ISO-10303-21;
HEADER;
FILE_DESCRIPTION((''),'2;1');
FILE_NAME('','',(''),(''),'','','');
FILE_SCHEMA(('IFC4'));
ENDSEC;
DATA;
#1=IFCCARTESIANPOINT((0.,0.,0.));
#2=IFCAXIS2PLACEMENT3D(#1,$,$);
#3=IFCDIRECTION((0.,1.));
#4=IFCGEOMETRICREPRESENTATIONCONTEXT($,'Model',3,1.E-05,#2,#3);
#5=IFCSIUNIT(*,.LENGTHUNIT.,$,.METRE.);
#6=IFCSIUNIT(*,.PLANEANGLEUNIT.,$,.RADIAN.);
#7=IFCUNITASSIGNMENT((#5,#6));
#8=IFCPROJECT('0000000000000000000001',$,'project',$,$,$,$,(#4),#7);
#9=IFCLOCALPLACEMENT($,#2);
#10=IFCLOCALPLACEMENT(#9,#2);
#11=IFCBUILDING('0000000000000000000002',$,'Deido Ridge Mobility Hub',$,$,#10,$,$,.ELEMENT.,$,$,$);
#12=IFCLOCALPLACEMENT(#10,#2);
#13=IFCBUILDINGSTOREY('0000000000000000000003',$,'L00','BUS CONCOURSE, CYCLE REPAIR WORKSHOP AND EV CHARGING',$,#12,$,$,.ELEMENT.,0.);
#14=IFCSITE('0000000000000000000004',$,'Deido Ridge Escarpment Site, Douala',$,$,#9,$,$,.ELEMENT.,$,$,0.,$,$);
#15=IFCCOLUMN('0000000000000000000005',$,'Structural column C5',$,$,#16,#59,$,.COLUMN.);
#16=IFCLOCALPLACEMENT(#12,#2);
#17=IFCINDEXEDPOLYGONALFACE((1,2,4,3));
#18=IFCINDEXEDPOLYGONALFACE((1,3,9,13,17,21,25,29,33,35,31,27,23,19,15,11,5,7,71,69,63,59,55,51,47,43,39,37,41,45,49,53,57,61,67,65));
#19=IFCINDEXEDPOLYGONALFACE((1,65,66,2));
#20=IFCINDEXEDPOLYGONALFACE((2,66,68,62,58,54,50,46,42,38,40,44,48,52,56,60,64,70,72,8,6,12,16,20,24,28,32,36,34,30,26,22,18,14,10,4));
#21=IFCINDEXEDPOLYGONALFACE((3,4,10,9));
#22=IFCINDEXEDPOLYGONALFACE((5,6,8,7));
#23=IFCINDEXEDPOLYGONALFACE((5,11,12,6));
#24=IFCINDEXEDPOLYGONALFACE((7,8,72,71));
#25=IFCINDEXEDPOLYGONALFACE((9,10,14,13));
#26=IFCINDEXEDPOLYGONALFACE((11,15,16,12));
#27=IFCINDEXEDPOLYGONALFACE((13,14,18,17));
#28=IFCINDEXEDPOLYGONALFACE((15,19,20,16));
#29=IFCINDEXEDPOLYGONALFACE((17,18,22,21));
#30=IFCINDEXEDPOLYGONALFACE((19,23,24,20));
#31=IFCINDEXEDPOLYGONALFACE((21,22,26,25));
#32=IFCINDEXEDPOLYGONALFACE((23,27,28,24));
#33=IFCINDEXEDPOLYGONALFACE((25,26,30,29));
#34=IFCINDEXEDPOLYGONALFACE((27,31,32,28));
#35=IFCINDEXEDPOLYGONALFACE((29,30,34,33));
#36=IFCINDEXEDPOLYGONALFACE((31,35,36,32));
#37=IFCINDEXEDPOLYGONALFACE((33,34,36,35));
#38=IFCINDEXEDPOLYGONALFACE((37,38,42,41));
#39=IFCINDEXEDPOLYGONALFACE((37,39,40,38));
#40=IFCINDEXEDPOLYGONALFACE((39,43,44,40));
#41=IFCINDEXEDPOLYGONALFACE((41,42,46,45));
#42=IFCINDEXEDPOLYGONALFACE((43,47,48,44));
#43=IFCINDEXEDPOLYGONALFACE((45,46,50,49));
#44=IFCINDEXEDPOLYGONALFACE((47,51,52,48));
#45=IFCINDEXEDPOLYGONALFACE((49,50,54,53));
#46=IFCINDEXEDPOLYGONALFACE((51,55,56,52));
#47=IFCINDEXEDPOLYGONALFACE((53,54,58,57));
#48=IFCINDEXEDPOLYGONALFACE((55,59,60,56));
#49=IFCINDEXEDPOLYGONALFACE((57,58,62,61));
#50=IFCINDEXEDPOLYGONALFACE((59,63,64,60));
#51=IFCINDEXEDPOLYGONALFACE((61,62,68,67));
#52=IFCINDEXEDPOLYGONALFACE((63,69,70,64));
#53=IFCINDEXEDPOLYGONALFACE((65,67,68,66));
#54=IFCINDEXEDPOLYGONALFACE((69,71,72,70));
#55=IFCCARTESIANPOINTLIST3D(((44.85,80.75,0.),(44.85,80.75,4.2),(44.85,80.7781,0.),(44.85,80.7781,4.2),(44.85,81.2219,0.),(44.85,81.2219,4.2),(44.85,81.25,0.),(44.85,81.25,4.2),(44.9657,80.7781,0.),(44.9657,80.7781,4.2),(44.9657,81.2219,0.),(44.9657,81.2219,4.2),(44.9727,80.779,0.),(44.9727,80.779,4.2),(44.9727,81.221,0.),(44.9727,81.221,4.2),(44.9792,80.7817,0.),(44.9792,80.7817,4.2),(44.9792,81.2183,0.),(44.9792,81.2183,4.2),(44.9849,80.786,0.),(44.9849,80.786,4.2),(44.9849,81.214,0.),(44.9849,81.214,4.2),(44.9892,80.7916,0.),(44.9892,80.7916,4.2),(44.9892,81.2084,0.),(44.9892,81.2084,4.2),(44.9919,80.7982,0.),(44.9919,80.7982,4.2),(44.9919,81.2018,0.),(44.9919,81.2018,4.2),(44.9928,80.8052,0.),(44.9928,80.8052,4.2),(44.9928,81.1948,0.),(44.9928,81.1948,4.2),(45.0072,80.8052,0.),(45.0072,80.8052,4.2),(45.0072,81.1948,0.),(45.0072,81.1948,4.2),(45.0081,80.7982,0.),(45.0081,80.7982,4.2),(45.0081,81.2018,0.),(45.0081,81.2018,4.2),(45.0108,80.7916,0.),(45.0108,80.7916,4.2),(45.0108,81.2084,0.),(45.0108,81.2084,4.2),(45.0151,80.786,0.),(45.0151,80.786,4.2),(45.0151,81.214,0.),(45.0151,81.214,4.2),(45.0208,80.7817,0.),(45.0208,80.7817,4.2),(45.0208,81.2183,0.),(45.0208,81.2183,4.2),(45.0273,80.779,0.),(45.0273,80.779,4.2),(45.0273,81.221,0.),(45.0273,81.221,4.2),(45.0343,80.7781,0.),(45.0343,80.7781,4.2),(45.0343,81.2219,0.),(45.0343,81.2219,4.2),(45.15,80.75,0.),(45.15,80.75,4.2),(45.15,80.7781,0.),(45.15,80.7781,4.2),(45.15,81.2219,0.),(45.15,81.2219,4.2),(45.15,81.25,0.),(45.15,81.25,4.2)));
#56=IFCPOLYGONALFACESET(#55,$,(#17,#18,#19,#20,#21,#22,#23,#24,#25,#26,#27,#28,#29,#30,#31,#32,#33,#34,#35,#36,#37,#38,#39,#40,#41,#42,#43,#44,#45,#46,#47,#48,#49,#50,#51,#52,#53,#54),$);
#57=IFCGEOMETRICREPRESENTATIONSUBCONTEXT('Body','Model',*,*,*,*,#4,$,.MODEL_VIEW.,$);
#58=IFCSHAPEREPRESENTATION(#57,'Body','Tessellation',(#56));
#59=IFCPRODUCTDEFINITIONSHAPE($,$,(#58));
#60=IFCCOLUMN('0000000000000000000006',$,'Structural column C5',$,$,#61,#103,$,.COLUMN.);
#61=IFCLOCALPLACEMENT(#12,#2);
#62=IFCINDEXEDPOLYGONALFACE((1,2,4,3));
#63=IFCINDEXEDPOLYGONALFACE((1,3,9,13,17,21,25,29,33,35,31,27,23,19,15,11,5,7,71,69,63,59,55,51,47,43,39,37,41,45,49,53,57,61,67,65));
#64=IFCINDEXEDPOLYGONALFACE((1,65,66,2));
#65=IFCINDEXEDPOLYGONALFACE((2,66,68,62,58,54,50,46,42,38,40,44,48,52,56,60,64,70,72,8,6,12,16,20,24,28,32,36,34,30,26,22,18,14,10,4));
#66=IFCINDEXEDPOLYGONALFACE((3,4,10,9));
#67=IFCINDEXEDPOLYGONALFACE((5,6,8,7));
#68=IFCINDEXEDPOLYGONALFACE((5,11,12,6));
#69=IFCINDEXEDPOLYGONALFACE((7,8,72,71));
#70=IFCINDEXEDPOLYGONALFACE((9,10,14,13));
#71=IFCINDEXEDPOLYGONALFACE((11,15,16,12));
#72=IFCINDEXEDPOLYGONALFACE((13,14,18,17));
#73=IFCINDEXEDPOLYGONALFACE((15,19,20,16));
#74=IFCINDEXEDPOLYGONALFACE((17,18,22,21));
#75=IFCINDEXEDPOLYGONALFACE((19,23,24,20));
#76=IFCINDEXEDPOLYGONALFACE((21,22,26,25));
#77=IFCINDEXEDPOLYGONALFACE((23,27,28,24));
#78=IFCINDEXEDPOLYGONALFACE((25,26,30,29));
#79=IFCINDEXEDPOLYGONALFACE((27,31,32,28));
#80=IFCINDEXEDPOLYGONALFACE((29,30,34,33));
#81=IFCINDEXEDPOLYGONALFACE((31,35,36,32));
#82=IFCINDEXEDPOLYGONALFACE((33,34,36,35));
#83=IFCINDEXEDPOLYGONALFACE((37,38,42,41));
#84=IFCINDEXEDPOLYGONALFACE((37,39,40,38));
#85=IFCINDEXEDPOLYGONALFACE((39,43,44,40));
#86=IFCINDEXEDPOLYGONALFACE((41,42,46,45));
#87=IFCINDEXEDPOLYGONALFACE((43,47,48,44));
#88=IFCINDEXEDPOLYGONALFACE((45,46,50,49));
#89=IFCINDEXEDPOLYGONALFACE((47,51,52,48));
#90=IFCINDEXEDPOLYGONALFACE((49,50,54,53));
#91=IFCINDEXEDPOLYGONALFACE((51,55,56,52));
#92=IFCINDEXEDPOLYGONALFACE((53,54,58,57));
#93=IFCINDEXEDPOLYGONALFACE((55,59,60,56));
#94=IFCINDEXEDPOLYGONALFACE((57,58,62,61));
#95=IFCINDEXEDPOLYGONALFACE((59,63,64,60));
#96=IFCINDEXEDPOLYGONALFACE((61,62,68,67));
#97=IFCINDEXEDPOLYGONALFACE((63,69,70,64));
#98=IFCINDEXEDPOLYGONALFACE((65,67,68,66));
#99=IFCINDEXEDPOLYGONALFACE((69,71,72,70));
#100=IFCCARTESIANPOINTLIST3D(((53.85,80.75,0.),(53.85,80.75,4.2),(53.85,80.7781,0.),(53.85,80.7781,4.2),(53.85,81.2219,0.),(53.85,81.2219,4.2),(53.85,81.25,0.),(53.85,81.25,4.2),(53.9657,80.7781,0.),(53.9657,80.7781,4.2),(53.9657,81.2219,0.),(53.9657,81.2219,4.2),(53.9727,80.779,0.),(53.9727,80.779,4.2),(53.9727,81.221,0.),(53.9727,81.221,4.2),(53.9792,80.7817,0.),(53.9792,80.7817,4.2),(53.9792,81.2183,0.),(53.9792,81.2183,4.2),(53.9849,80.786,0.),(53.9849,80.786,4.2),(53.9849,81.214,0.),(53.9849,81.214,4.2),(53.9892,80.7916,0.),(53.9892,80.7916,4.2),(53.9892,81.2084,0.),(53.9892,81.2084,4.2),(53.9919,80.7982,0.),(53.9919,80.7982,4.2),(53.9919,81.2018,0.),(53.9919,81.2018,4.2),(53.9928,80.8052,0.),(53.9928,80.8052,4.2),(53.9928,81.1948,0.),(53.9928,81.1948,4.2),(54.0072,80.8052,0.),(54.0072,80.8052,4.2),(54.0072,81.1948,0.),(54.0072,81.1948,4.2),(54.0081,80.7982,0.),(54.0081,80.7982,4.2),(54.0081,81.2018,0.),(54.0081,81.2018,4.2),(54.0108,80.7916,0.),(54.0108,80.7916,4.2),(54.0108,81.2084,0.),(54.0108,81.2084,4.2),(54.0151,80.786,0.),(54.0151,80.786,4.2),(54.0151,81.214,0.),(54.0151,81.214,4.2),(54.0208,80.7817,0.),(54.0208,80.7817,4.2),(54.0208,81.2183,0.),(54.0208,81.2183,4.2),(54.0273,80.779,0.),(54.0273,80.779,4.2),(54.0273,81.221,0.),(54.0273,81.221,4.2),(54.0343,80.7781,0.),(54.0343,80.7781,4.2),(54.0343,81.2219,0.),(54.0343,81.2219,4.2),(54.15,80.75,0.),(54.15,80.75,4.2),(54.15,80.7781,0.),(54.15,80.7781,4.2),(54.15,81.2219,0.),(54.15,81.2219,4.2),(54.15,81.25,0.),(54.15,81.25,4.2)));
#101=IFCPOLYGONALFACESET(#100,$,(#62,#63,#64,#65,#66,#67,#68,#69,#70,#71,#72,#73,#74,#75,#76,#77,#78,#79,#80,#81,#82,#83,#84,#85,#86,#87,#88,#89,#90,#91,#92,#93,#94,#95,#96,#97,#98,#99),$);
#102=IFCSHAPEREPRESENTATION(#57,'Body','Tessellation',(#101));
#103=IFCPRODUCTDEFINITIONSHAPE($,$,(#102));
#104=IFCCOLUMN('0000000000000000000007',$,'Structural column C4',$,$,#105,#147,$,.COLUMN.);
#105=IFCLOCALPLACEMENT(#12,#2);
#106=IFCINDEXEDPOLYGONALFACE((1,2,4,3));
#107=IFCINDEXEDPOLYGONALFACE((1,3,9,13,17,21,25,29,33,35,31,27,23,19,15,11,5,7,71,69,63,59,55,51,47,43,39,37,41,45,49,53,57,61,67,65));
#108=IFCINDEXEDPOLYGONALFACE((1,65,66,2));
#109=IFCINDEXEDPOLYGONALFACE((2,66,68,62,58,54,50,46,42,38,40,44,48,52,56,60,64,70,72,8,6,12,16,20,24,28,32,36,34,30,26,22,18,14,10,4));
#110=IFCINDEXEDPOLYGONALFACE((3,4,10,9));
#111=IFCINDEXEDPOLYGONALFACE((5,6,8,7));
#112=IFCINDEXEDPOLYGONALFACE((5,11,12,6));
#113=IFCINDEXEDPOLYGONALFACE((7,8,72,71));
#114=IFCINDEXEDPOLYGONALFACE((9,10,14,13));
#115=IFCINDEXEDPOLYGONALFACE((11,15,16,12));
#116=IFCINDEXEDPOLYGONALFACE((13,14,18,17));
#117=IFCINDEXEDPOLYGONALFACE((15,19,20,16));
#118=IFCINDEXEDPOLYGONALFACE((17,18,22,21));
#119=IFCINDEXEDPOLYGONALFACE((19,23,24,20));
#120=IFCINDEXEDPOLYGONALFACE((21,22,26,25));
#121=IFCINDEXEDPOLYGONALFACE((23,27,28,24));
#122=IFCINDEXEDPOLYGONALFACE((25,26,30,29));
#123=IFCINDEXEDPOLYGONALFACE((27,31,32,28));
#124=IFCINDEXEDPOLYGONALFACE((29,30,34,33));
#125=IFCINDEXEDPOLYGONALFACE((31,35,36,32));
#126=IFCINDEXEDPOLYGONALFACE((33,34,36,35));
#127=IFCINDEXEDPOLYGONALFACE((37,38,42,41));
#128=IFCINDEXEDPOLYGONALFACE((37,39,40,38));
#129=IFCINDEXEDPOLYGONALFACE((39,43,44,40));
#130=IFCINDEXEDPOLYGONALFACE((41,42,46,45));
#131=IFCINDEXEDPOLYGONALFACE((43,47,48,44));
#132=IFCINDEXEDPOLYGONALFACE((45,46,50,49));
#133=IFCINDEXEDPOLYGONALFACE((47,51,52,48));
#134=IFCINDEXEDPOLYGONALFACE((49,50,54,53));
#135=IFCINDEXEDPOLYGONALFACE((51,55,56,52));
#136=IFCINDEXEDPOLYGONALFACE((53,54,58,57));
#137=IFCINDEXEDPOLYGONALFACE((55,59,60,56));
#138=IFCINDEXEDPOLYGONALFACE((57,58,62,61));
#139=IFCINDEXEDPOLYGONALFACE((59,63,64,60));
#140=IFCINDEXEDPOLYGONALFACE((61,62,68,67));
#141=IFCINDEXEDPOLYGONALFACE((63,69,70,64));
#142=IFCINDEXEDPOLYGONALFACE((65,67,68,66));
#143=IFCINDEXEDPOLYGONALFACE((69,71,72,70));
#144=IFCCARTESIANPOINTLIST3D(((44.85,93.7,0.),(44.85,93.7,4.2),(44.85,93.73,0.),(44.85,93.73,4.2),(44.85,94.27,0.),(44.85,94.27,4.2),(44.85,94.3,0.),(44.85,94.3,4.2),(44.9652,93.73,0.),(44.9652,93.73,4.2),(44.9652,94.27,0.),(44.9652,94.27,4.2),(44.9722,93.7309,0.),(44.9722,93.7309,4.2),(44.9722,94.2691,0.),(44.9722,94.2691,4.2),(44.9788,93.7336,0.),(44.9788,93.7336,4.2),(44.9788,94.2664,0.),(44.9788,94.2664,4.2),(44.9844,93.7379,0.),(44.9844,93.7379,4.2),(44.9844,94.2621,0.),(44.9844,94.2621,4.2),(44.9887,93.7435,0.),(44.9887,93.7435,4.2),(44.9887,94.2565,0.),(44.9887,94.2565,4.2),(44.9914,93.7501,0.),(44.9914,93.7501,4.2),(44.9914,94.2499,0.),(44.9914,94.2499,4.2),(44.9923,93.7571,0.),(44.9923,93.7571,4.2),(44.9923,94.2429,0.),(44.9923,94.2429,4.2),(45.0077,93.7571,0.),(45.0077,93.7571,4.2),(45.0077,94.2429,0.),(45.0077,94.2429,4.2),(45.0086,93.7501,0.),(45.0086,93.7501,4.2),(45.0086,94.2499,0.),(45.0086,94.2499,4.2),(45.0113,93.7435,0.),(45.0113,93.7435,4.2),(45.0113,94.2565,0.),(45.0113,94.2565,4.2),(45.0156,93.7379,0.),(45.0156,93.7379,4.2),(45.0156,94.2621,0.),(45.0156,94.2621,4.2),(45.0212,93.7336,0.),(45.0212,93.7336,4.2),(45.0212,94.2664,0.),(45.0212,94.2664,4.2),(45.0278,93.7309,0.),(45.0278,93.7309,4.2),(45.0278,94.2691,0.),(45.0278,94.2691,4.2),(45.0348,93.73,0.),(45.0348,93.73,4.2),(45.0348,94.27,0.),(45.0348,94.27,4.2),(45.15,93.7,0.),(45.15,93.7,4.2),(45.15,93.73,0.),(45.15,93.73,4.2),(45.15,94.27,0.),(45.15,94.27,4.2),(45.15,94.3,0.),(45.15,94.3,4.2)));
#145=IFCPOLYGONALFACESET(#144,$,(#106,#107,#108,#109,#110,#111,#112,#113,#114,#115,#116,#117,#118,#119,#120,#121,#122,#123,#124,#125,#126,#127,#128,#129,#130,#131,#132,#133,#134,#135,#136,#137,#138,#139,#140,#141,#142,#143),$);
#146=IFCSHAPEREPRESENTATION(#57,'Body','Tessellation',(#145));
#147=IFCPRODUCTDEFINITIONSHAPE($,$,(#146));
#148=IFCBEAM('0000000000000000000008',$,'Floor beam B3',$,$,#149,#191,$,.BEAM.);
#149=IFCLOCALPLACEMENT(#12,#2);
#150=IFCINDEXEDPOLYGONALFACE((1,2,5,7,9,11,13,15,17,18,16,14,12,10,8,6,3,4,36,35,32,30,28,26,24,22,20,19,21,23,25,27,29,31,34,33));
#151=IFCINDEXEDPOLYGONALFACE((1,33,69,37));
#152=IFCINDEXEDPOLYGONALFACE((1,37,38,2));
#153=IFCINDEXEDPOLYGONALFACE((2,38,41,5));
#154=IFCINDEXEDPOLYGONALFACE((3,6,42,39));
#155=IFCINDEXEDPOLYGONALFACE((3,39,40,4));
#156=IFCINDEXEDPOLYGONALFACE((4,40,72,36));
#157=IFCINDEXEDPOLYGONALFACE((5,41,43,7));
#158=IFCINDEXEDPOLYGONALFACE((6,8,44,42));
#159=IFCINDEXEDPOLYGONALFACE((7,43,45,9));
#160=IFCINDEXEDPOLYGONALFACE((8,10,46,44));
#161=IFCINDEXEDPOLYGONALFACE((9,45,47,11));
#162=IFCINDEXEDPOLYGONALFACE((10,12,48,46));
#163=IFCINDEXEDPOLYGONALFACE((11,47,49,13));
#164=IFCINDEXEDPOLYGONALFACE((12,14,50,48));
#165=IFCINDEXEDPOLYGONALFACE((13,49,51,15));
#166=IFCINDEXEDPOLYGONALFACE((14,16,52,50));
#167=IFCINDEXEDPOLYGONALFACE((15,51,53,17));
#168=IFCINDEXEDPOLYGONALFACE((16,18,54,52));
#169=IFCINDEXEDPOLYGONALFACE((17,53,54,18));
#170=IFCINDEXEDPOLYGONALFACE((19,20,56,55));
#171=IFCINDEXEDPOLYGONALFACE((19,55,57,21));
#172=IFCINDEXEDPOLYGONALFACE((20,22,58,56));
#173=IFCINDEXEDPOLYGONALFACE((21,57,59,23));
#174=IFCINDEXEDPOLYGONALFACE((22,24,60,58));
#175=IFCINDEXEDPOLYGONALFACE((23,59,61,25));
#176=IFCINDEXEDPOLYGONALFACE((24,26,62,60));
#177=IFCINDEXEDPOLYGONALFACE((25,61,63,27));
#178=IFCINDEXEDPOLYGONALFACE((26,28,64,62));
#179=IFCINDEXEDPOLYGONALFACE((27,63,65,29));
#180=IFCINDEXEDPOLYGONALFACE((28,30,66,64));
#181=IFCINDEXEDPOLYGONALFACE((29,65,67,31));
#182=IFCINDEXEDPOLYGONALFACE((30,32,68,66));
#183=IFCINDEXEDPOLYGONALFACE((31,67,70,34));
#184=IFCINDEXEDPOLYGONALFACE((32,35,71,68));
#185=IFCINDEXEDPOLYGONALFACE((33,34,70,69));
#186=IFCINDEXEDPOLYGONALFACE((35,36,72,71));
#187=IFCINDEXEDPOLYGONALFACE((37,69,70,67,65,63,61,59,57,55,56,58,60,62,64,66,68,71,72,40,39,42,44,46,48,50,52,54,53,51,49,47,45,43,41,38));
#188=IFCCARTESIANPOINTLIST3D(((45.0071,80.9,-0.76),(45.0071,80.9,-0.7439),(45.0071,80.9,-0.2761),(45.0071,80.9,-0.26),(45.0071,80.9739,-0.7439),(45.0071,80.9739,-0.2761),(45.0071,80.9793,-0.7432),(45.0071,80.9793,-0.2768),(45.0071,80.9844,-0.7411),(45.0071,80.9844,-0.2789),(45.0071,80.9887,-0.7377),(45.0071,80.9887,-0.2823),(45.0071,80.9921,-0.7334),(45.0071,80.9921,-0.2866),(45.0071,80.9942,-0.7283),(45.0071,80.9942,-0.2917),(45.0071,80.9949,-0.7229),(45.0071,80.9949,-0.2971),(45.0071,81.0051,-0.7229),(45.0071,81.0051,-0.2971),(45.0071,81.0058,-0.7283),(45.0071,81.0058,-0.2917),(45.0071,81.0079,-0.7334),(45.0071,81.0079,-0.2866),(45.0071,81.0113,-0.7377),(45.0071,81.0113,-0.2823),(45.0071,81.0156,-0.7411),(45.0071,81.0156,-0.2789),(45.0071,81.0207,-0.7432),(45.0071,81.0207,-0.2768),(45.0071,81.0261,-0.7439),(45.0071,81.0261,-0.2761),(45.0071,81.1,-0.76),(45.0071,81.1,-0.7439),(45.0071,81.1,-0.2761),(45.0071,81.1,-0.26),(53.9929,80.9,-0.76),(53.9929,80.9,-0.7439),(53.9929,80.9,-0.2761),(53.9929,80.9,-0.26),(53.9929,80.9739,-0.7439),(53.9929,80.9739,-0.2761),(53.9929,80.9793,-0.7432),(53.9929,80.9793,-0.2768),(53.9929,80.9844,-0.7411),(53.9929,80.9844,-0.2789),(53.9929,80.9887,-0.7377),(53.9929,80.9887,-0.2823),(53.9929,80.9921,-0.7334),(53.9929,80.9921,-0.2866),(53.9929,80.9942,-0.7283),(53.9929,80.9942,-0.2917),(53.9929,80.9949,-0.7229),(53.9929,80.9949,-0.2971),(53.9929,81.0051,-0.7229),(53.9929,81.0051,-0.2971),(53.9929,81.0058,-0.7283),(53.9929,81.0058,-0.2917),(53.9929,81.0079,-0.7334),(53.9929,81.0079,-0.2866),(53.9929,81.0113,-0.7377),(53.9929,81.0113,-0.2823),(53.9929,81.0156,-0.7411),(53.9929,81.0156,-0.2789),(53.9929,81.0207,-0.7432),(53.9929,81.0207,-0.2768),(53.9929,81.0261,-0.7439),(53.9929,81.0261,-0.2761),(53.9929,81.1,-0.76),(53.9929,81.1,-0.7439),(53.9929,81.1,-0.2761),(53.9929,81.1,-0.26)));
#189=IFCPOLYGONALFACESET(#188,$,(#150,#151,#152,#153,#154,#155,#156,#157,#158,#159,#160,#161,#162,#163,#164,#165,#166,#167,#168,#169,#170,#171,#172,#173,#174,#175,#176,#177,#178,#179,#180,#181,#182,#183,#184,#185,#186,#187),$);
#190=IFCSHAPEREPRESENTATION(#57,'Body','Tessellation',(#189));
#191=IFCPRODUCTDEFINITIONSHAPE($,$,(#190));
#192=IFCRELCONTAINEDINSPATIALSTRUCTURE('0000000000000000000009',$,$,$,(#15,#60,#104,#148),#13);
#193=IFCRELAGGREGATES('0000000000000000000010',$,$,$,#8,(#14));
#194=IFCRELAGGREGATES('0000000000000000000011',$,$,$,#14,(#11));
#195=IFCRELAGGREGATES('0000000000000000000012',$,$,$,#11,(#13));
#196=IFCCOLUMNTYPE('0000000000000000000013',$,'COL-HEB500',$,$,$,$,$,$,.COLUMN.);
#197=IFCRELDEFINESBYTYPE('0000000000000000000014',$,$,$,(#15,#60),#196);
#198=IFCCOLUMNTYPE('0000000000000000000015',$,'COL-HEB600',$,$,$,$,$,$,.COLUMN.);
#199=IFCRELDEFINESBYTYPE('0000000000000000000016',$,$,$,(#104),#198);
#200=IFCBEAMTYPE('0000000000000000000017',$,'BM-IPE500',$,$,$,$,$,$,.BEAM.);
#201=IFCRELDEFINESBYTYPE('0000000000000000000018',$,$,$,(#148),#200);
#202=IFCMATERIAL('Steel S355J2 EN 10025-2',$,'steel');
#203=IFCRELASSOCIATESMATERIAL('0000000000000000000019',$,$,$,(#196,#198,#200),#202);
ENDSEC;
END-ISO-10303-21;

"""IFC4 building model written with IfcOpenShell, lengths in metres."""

from ifc_helpers import new_model, si_unit, direction, frame, origin, origin_2d, place, context, subcontext, project, spatial, i_section, extrude, material, material_profile, profile_set, type_object, element, save


model = new_model("IFC4")

# Units and contexts
model_context = context("Model", 3, precision=1e-05, world=origin(), true_north=direction((0.0, 1.0)))
body_context = subcontext(model_context, "Body", "Model", "MODEL_VIEW")
ifc_project = project(units=[si_unit("LENGTHUNIT", "METRE"), si_unit("PLANEANGLEUNIT", "RADIAN")], contexts=[model_context])

# Site, building, storey
site_placement = place(None, origin())
site = spatial("IfcSite", under=ifc_project, at=site_placement, Name="Deido Ridge Escarpment Site, Douala", CompositionType="ELEMENT", RefElevation=0.0)
building_placement = place(site_placement, origin())
building = spatial("IfcBuilding", under=site, at=building_placement, Name="Deido Ridge Mobility Hub", CompositionType="ELEMENT")
storey_placement = place(building_placement, origin())
storey = spatial("IfcBuildingStorey", under=building, at=storey_placement, Name="L00", Description="BUS CONCOURSE, CYCLE REPAIR WORKSHOP AND EV CHARGING", CompositionType="ELEMENT", Elevation=0.0)

# Columns
ifc_material_1 = material(Name="Steel S355J2 EN 10025-2", Category="steel")
ifc_material_profile_1 = material_profile(ifc_material_1, i_section(OverallWidth=0.3, OverallDepth=0.5, WebThickness=0.0144, FlangeThickness=0.0281, FilletRadius=0.0271, at=origin_2d()), Name="HEB 500")
ifc_profile_set_1 = profile_set([ifc_material_profile_1], Name="Steel S355J2 EN 10025-2")
column_type_1 = type_object("IfcColumnType", Name="COL-HEB500", PredefinedType="COLUMN", material=ifc_profile_set_1)
for number, where, z_axis, x_axis, name in (
    (1, (45.0, 81.0, 0.0), (0.0, 0.0, 1.0), (1.0, 0.0, 0.0), "Structural column C5"),
    (2, (54.0, 81.0, 0.0), (0.0, 0.0, 1.0), (1.0, 0.0, 0.0), "Structural column C5"),
):
    element("IfcColumn", number, at=place(storey_placement, frame(where, z_axis=z_axis, x_axis=x_axis)), inside=storey, type_object=column_type_1, Name=name, PredefinedType="COLUMN", context=body_context, shape_type="SweptSolid", body=[
        extrude(i_section(OverallWidth=0.3, OverallDepth=0.5, WebThickness=0.0144, FlangeThickness=0.0281, FilletRadius=0.0271, at=origin_2d()), origin(), (0.0, 0.0, 1.0), 4.2),
    ])
ifc_material_profile_2 = material_profile(ifc_material_1, i_section(OverallWidth=0.3, OverallDepth=0.6001, WebThickness=0.0154, FlangeThickness=0.03, FilletRadius=0.0271, at=origin_2d()), Name="HEB 600")
ifc_profile_set_2 = profile_set([ifc_material_profile_2], Name="Steel S355J2 EN 10025-2")
column_type_2 = type_object("IfcColumnType", Name="COL-HEB600", PredefinedType="COLUMN", material=ifc_profile_set_2)
column_placement = place(storey_placement, frame((45.0, 94.0, 0.0), z_axis=(0.0, 0.0, 1.0), x_axis=(1.0, 0.0, 0.0)))
element("IfcColumn", 3, at=column_placement, inside=storey, type_object=column_type_2, Name="Structural column C4", PredefinedType="COLUMN", context=body_context, shape_type="SweptSolid", body=[
    extrude(i_section(OverallWidth=0.3, OverallDepth=0.6001, WebThickness=0.0154, FlangeThickness=0.03, FilletRadius=0.0271, at=origin_2d()), origin(), (0.0, 0.0, 1.0), 4.2),
])

# Beam
ifc_material_profile_3 = material_profile(ifc_material_1, i_section(OverallWidth=0.2, OverallDepth=0.5, WebThickness=0.0103, FlangeThickness=0.0161, FilletRadius=0.021, at=origin_2d()), Name="IPE 500")
ifc_profile_set_3 = profile_set([ifc_material_profile_3], Name="Steel S355J2 EN 10025-2")
beam_type_1 = type_object("IfcBeamType", Name="BM-IPE500", PredefinedType="BEAM", material=ifc_profile_set_3)
beam_1_placement = place(storey_placement, frame((45.0071, 81.0, -0.51), z_axis=(1.0, 0.0, 0.0), x_axis=(0.0, 1.0, 0.0)))
element("IfcBeam", 4, at=beam_1_placement, inside=storey, type_object=beam_type_1, Name="Floor beam B3", PredefinedType="BEAM", context=body_context, shape_type="SweptSolid", body=[
    extrude(i_section(OverallWidth=0.2, OverallDepth=0.5, WebThickness=0.0103, FlangeThickness=0.0161, FilletRadius=0.021, at=origin_2d()), origin(), (0.0, 0.0, 1.0), 8.9858),
])

save(model, "model.ifc")
